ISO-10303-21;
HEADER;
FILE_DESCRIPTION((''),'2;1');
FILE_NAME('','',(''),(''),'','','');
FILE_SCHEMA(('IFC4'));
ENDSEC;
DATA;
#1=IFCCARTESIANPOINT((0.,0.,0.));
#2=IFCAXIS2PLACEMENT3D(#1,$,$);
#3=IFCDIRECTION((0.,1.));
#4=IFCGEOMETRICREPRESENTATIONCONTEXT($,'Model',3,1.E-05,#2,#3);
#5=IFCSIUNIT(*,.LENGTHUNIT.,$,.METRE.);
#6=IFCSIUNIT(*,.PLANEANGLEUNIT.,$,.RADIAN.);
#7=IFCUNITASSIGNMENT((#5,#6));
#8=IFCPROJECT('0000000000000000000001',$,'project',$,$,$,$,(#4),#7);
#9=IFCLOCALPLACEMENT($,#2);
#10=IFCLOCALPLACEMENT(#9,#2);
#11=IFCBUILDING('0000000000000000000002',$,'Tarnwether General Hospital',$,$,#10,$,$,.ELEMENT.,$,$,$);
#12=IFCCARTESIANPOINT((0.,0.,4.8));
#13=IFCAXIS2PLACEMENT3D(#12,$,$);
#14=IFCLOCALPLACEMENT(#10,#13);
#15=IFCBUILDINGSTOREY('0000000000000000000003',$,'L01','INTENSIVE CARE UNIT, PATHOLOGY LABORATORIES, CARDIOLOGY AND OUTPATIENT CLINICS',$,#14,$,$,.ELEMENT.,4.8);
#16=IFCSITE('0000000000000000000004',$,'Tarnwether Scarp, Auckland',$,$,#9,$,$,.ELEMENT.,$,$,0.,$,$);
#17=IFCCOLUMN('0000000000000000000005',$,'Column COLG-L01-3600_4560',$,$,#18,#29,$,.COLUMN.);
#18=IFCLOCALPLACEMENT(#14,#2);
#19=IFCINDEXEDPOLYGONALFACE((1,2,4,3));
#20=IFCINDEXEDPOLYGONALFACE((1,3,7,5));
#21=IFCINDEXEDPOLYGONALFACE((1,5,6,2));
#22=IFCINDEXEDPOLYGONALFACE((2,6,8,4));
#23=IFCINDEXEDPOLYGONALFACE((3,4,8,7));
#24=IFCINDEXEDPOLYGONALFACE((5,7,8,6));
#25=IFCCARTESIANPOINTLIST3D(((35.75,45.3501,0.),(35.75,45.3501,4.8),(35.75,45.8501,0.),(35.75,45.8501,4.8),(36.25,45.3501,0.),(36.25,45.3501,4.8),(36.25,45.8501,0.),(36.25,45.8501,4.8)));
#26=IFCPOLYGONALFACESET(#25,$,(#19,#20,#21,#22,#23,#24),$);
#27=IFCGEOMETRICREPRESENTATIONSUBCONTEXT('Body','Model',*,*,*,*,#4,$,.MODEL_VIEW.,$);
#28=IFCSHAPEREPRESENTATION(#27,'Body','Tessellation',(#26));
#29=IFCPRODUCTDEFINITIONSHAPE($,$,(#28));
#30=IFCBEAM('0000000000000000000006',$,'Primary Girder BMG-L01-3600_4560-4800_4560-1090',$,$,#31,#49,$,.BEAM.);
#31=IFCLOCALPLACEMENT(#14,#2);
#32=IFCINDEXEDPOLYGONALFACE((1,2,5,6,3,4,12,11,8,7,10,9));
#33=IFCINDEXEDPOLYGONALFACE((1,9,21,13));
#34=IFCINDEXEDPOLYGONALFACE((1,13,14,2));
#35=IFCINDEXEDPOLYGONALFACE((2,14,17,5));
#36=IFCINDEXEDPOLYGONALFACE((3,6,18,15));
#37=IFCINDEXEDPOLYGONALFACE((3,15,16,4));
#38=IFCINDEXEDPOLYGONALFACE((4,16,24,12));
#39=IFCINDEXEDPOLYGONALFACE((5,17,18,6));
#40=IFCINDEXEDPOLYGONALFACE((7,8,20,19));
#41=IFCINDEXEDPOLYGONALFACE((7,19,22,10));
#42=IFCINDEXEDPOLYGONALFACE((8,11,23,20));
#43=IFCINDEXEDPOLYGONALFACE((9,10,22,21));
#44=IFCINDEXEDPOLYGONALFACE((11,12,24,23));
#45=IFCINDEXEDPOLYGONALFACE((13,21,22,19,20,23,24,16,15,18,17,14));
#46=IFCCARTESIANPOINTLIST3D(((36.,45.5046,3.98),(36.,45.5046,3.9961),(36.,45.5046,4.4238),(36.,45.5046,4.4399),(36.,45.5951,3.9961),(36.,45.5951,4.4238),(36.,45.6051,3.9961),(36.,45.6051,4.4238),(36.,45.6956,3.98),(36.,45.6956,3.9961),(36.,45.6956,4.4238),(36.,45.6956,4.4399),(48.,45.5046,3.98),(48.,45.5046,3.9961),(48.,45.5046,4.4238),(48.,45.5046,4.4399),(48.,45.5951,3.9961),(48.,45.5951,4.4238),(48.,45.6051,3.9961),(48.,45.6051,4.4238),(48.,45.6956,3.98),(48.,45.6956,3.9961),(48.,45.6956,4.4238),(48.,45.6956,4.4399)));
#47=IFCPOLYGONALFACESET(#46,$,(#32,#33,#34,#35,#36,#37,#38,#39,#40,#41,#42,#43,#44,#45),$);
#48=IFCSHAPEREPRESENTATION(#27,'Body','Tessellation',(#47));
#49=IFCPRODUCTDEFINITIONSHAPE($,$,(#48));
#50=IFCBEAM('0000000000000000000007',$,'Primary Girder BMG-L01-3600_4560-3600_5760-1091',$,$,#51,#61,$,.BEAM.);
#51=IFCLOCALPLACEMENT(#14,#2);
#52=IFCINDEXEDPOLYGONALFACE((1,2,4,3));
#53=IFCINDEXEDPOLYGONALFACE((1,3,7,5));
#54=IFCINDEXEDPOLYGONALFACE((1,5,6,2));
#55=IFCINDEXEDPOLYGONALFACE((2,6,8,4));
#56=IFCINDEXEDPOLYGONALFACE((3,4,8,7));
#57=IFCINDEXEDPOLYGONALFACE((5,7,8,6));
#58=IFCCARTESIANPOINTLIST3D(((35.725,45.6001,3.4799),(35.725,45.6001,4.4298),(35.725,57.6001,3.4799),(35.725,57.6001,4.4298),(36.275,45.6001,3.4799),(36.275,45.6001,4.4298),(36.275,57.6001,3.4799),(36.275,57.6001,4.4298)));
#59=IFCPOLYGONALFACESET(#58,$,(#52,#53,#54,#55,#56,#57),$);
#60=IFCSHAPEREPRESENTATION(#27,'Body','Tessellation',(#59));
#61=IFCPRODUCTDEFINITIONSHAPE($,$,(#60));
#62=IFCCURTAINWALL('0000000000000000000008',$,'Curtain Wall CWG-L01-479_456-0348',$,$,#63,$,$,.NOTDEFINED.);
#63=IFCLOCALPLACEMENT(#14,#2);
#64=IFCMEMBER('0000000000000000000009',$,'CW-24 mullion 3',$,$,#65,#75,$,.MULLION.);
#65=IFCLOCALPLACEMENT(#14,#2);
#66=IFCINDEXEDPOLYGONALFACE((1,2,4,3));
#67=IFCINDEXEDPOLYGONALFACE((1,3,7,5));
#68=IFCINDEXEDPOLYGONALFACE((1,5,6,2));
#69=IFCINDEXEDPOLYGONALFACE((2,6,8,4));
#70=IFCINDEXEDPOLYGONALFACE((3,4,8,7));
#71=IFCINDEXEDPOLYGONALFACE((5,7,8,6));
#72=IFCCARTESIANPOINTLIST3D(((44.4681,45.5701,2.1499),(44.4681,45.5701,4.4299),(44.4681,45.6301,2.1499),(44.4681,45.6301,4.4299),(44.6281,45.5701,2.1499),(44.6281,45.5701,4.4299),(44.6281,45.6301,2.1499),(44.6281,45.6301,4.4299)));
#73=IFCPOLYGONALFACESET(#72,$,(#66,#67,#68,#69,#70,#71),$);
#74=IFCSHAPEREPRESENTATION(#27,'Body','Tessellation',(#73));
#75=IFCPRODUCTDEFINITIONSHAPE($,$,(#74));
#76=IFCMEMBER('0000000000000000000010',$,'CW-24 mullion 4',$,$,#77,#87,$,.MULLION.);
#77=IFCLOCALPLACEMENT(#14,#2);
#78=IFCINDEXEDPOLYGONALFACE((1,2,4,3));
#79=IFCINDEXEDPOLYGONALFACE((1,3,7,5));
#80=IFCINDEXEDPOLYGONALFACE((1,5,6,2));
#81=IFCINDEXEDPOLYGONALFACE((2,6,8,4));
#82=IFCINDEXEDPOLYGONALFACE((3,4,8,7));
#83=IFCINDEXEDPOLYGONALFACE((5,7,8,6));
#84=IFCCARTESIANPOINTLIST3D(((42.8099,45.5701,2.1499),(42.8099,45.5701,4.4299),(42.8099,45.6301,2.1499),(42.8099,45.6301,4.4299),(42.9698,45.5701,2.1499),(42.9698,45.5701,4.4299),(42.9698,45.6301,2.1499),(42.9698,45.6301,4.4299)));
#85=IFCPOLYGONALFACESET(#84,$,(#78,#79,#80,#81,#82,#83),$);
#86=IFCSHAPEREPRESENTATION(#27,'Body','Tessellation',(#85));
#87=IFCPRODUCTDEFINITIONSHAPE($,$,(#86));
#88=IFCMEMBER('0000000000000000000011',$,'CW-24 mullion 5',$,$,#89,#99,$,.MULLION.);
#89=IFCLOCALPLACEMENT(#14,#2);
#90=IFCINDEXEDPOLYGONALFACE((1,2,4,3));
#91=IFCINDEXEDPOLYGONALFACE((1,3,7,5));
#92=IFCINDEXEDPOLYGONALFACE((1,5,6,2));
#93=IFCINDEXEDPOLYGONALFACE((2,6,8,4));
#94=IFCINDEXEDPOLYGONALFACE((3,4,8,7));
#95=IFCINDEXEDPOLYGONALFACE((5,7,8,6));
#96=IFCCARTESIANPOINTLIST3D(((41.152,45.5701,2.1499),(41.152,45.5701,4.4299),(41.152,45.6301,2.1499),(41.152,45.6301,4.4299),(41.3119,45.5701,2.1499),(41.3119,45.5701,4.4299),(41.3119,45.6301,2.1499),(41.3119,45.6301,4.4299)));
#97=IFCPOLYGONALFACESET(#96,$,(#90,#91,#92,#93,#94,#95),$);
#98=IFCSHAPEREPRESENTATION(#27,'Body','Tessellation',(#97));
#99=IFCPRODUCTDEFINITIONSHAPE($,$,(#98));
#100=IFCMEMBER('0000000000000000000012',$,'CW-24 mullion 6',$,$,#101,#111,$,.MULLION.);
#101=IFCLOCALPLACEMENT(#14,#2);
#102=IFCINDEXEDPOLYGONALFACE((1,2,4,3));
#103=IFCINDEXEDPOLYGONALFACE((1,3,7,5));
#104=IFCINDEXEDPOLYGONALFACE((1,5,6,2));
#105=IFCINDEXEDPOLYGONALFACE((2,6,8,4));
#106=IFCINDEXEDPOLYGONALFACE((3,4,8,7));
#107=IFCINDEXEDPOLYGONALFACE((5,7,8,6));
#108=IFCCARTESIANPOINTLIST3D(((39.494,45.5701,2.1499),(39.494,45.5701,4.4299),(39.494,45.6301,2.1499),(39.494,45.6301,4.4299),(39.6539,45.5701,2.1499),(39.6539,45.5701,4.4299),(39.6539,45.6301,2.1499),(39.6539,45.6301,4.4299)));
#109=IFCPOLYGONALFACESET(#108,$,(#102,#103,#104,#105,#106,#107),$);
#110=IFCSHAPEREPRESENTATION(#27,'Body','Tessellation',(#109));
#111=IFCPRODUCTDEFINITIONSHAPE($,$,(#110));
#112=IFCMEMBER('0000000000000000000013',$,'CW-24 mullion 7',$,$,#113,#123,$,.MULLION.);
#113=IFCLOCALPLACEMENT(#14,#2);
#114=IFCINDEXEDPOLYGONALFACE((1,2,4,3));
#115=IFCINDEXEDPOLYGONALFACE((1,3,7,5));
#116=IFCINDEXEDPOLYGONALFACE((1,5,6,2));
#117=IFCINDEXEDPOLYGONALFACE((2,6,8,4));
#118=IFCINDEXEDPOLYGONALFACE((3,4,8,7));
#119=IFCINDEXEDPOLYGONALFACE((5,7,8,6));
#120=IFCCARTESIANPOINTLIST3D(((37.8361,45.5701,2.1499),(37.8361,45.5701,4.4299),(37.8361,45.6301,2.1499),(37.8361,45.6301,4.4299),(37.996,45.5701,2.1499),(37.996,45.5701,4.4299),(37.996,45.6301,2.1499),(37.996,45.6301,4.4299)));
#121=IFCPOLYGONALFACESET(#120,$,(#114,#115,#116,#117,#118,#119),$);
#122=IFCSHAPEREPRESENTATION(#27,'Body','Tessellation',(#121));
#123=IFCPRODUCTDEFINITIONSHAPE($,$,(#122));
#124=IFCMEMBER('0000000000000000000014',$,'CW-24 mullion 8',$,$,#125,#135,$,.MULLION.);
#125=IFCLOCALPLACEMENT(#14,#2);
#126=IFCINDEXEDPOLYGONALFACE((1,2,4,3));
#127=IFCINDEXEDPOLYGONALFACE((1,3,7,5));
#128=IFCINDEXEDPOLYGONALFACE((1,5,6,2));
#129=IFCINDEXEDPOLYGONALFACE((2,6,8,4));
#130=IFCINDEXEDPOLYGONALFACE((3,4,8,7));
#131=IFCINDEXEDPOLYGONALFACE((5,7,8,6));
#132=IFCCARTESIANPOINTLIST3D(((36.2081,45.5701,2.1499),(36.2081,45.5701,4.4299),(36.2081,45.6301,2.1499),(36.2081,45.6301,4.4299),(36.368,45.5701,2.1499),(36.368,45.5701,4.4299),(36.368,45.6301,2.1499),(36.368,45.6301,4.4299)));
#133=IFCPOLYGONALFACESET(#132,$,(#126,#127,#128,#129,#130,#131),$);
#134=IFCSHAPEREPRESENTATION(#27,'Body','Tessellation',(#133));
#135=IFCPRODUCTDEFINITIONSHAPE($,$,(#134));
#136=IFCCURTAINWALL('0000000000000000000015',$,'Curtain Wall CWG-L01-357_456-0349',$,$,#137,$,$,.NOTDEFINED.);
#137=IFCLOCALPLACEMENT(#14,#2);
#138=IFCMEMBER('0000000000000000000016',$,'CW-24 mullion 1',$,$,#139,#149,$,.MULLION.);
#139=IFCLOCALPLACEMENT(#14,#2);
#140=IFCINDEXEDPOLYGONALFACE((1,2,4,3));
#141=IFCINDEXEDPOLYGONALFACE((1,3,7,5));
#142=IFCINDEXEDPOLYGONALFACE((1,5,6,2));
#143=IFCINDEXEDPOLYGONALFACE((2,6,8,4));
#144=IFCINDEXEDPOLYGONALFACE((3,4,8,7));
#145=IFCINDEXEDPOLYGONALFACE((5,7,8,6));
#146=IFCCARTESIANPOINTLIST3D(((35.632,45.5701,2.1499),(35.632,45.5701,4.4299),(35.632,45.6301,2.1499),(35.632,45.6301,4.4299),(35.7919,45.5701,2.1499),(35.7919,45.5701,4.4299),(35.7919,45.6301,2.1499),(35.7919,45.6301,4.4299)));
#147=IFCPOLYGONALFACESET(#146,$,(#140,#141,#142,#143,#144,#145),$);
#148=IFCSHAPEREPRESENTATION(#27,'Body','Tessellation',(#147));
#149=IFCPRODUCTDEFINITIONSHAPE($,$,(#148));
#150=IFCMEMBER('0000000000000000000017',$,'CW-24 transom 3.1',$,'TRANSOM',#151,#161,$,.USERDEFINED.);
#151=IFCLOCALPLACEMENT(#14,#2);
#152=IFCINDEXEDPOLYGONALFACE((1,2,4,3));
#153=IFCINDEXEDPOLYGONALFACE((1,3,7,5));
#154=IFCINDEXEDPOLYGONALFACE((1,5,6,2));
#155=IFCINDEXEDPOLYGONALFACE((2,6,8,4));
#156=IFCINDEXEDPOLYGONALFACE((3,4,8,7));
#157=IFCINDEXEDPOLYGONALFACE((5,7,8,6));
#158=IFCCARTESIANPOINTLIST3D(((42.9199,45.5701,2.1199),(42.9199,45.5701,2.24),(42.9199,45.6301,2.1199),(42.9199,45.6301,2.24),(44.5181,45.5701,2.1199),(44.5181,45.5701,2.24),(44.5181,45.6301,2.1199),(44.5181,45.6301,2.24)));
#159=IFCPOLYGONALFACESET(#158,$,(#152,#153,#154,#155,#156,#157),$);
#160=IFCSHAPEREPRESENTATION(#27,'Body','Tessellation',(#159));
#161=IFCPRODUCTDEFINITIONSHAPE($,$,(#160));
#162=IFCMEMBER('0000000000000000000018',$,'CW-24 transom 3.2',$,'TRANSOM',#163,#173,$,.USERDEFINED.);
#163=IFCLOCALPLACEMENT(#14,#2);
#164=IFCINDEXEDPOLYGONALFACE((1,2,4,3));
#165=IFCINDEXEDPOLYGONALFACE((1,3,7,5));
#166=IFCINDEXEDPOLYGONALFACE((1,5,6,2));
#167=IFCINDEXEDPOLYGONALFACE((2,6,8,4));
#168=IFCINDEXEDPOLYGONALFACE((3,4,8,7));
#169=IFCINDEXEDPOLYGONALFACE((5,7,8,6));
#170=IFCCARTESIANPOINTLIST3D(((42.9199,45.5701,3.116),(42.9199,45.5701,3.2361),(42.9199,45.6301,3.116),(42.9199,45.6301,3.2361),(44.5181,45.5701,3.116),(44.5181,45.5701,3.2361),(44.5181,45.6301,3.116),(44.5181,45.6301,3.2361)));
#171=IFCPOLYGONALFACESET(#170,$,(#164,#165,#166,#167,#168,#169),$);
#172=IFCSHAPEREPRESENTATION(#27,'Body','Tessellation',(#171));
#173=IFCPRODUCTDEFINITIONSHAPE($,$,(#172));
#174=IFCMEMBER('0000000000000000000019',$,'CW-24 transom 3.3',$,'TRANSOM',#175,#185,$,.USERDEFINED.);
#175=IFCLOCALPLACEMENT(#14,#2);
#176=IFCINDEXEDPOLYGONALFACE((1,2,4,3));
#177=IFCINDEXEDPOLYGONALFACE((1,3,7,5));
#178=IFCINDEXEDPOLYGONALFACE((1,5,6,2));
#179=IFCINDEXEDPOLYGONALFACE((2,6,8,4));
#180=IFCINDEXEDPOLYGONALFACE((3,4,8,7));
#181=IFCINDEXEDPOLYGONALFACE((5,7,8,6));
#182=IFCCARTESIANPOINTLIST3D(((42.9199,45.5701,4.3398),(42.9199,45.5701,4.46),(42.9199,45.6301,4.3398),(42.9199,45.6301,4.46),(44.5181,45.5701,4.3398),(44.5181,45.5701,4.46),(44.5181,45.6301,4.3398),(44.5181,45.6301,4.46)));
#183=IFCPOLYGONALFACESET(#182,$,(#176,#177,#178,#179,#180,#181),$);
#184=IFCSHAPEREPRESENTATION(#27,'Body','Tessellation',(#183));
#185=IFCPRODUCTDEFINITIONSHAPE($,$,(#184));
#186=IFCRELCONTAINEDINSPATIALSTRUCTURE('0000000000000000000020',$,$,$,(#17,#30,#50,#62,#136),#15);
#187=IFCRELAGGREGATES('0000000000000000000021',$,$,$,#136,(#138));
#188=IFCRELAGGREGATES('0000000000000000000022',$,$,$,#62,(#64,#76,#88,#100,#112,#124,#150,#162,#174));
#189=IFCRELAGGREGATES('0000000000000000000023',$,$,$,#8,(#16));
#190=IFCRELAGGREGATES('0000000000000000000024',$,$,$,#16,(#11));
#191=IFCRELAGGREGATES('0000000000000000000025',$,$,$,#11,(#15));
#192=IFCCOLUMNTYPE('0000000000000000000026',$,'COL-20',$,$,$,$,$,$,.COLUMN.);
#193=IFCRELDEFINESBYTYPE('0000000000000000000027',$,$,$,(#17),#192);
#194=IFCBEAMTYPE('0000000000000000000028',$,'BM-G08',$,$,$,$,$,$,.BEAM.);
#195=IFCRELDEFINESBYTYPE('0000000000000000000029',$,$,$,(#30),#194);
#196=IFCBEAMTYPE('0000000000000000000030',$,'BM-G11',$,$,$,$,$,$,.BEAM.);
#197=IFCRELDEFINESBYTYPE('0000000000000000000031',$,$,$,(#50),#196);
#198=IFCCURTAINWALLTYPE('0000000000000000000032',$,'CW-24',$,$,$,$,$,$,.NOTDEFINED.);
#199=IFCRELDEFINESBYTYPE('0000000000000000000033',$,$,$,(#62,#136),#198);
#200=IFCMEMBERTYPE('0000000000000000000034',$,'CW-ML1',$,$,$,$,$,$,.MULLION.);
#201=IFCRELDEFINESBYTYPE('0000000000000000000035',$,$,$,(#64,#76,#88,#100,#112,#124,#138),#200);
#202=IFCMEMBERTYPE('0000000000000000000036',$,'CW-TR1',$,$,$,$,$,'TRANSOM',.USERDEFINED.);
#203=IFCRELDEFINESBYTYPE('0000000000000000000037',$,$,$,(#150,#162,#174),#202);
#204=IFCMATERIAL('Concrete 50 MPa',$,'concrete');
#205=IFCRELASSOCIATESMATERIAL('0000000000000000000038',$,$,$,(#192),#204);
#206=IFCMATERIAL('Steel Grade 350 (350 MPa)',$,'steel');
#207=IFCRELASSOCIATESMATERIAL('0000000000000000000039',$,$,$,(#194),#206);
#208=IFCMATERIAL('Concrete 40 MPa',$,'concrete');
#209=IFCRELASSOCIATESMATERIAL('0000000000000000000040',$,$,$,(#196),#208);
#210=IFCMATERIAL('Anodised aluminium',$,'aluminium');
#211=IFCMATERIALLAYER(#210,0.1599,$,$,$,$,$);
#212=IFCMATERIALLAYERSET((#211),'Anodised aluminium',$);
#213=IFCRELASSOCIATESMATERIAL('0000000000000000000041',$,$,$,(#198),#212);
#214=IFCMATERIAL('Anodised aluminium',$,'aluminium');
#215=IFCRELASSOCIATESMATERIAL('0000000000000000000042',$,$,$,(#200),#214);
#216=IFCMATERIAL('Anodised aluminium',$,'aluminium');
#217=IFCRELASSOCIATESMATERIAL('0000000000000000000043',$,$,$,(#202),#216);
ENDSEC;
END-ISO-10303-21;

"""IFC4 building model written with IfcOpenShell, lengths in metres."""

from ifc_helpers import new_model, si_unit, direction, frame, origin, origin_2d, place, context, subcontext, project, spatial, rectangle, i_section, extrude, material, layer, layer_set, material_profile, profile_set, type_object, element, aggregate, save


model = new_model("IFC4")

# Units and contexts
model_context = context("Model", 3, precision=1e-05, world=origin(), true_north=direction((0.0, 1.0)))
body_context = subcontext(model_context, "Body", "Model", "MODEL_VIEW")
ifc_project = project(units=[si_unit("LENGTHUNIT", "METRE"), si_unit("PLANEANGLEUNIT", "RADIAN")], contexts=[model_context])

# Site, building, storey
site_placement = place(None, origin())
site = spatial("IfcSite", under=ifc_project, at=site_placement, Name="Tarnwether Scarp, Auckland", CompositionType="ELEMENT", RefElevation=0.0)
building_placement = place(site_placement, origin())
building = spatial("IfcBuilding", under=site, at=building_placement, Name="Tarnwether General Hospital", CompositionType="ELEMENT")
storey_placement = place(building_placement, frame((0.0, 0.0, 4.8)))
storey = spatial("IfcBuildingStorey", under=building, at=storey_placement, Name="L01", Description="INTENSIVE CARE UNIT, PATHOLOGY LABORATORIES, CARDIOLOGY AND OUTPATIENT CLINICS", CompositionType="ELEMENT", Elevation=4.8)

# Column
ifc_material_1 = material(Name="Concrete 50 MPa", Category="concrete")
ifc_material_profile_1 = material_profile(ifc_material_1, rectangle(XDim=0.5, YDim=0.5, at=origin_2d()), Name="RC-COL-500x500")
ifc_profile_set_1 = profile_set([ifc_material_profile_1], Name="Concrete 50 MPa")
column_type = type_object("IfcColumnType", Name="COL-20", PredefinedType="COLUMN", material=ifc_profile_set_1)
column_placement = place(storey_placement, frame((36.0, 45.6001, 0.0), z_axis=(0.0, 0.0, 1.0), x_axis=(0.0, 1.0, 0.0)))
element("IfcColumn", 1, at=column_placement, inside=storey, type_object=column_type, Name="Column COLG-L01-3600_4560", PredefinedType="COLUMN", context=body_context, shape_type="SweptSolid", body=[
    extrude(rectangle(XDim=0.5, YDim=0.5, at=origin_2d()), origin(), (0.0, 0.0, 1.0), 4.8),
])

# Beams
ifc_material_2 = material(Name="Steel Grade 350 (350 MPa)", Category="steel")
ifc_material_profile_2 = material_profile(ifc_material_2, i_section(OverallWidth=0.1909, OverallDepth=0.46, WebThickness=0.01, FlangeThickness=0.0161, at=origin_2d()), Name="460UB82.1")
ifc_profile_set_2 = profile_set([ifc_material_profile_2], Name="Steel Grade 350 (350 MPa)")
beam_type_1 = type_object("IfcBeamType", Name="BM-G08", PredefinedType="BEAM", material=ifc_profile_set_2)
beam_1_placement = place(storey_placement, frame((36.0, 45.6001, 4.21), z_axis=(1.0, 0.0, 0.0), x_axis=(0.0, 1.0, 0.0)))
element("IfcBeam", 2, at=beam_1_placement, inside=storey, type_object=beam_type_1, Name="Primary Girder BMG-L01-3600_4560-4800_4560-1090", PredefinedType="BEAM", context=body_context, shape_type="SweptSolid", body=[
    extrude(i_section(OverallWidth=0.1909, OverallDepth=0.46, WebThickness=0.01, FlangeThickness=0.0161, at=origin_2d()), origin(), (0.0, 0.0, 1.0), 12.0),
])
ifc_material_3 = material(Name="Concrete 40 MPa", Category="concrete")
ifc_material_profile_3 = material_profile(ifc_material_3, rectangle(XDim=0.55, YDim=0.95, at=origin_2d()), Name="RC-BM-550x950")
ifc_profile_set_3 = profile_set([ifc_material_profile_3], Name="Concrete 40 MPa")
beam_type_2 = type_object("IfcBeamType", Name="BM-G11", PredefinedType="BEAM", material=ifc_profile_set_3)
beam_2_placement = place(storey_placement, frame((36.0, 45.6001, 3.9548), z_axis=(0.0, 1.0, 0.0), x_axis=(-1.0, 0.0, 0.0)))
element("IfcBeam", 3, at=beam_2_placement, inside=storey, type_object=beam_type_2, Name="Primary Girder BMG-L01-3600_4560-3600_5760-1091", PredefinedType="BEAM", context=body_context, shape_type="SweptSolid", body=[
    extrude(rectangle(XDim=0.55, YDim=0.95, at=origin_2d()), origin(), (0.0, 0.0, 1.0), 12.0),
])

# Curtain wall, members
ifc_material_4 = material(Name="Anodised aluminium", Category="aluminium")
ifc_layer_1 = layer(ifc_material_4, 0.1599)
ifc_layer_set_1 = layer_set([ifc_layer_1], Name="Anodised aluminium")
curtain_wall_type = type_object("IfcCurtainWallType", Name="CW-24", PredefinedType="NOTDEFINED", material=ifc_layer_set_1)
curtain_wall_1_placement = place(storey_placement, origin())
curtain_wall_1 = element("IfcCurtainWall", 4, at=curtain_wall_1_placement, inside=storey, type_object=curtain_wall_type, Name="Curtain Wall CWG-L01-479_456-0348", PredefinedType="NOTDEFINED")
ifc_material_5 = material(Name="Anodised aluminium", Category="aluminium")
ifc_material_profile_4 = material_profile(ifc_material_5, rectangle(XDim=0.0601, YDim=0.1599, at=origin_2d()), Name="ALU-MUL-60x160")
ifc_profile_set_4 = profile_set([ifc_material_profile_4], Name="Anodised aluminium")
member_type_1 = type_object("IfcMemberType", Name="CW-ML1", PredefinedType="MULLION", material=ifc_profile_set_4)
member_1_placement = place(storey_placement, frame((44.5481, 45.6001, 2.1499), z_axis=(0.0, 0.0, 1.0), x_axis=(0.0, -1.0, 0.0)))
member_1 = element("IfcMember", 5, at=member_1_placement, type_object=member_type_1, Name="CW-24 mullion 3", PredefinedType="MULLION", context=body_context, shape_type="SweptSolid", body=[
    extrude(rectangle(XDim=0.0601, YDim=0.1599, at=origin_2d()), origin(), (0.0, 0.0, 1.0), 2.28),
])
member_2_placement = place(storey_placement, frame((42.8899, 45.6001, 2.1499), z_axis=(0.0, 0.0, 1.0), x_axis=(0.0, -1.0, 0.0)))
member_2 = element("IfcMember", 6, at=member_2_placement, type_object=member_type_1, Name="CW-24 mullion 4", PredefinedType="MULLION", context=body_context, shape_type="SweptSolid", body=[
    extrude(rectangle(XDim=0.0601, YDim=0.1599, at=origin_2d()), origin(), (0.0, 0.0, 1.0), 2.28),
])
member_3_placement = place(storey_placement, frame((41.2319, 45.6001, 2.1499), z_axis=(0.0, 0.0, 1.0), x_axis=(0.0, -1.0, 0.0)))
member_3 = element("IfcMember", 7, at=member_3_placement, type_object=member_type_1, Name="CW-24 mullion 5", PredefinedType="MULLION", context=body_context, shape_type="SweptSolid", body=[
    extrude(rectangle(XDim=0.0601, YDim=0.1599, at=origin_2d()), origin(), (0.0, 0.0, 1.0), 2.28),
])
member_4_placement = place(storey_placement, frame((39.574, 45.6001, 2.1499), z_axis=(0.0, 0.0, 1.0), x_axis=(0.0, -1.0, 0.0)))
member_4 = element("IfcMember", 8, at=member_4_placement, type_object=member_type_1, Name="CW-24 mullion 6", PredefinedType="MULLION", context=body_context, shape_type="SweptSolid", body=[
    extrude(rectangle(XDim=0.0601, YDim=0.1599, at=origin_2d()), origin(), (0.0, 0.0, 1.0), 2.28),
])
member_5_placement = place(storey_placement, frame((37.916, 45.6001, 2.1499), z_axis=(0.0, 0.0, 1.0), x_axis=(0.0, -1.0, 0.0)))
member_5 = element("IfcMember", 9, at=member_5_placement, type_object=member_type_1, Name="CW-24 mullion 7", PredefinedType="MULLION", context=body_context, shape_type="SweptSolid", body=[
    extrude(rectangle(XDim=0.0601, YDim=0.1599, at=origin_2d()), origin(), (0.0, 0.0, 1.0), 2.28),
])
member_6_placement = place(storey_placement, frame((36.2881, 45.6001, 2.1499), z_axis=(0.0, 0.0, 1.0), x_axis=(0.0, -1.0, 0.0)))
member_6 = element("IfcMember", 10, at=member_6_placement, type_object=member_type_1, Name="CW-24 mullion 8", PredefinedType="MULLION", context=body_context, shape_type="SweptSolid", body=[
    extrude(rectangle(XDim=0.0601, YDim=0.1599, at=origin_2d()), origin(), (0.0, 0.0, 1.0), 2.28),
])

# Curtain wall, member
curtain_wall_2_placement = place(storey_placement, origin())
curtain_wall_2 = element("IfcCurtainWall", 11, at=curtain_wall_2_placement, inside=storey, type_object=curtain_wall_type, Name="Curtain Wall CWG-L01-357_456-0349", PredefinedType="NOTDEFINED")
member_7_placement = place(storey_placement, frame((35.7119, 45.6001, 2.1499), z_axis=(0.0, 0.0, 1.0), x_axis=(0.0, -1.0, 0.0)))
member_7 = element("IfcMember", 12, at=member_7_placement, type_object=member_type_1, Name="CW-24 mullion 1", PredefinedType="MULLION", context=body_context, shape_type="SweptSolid", body=[
    extrude(rectangle(XDim=0.0601, YDim=0.1599, at=origin_2d()), origin(), (0.0, 0.0, 1.0), 2.28),
])

# Members
ifc_material_6 = material(Name="Anodised aluminium", Category="aluminium")
ifc_material_profile_5 = material_profile(ifc_material_6, rectangle(XDim=0.0601, YDim=0.1201, at=origin_2d()), Name="ALU-TRN-60x120")
ifc_profile_set_5 = profile_set([ifc_material_profile_5], Name="Anodised aluminium")
member_type_2 = type_object("IfcMemberType", Name="CW-TR1", ElementType="TRANSOM", PredefinedType="USERDEFINED", material=ifc_profile_set_5)
member_8_placement = place(storey_placement, frame((44.5181, 45.6001, 2.1799), z_axis=(-1.0, 0.0, 0.0), x_axis=(0.0, -1.0, 0.0)))
member_8 = element("IfcMember", 13, at=member_8_placement, type_object=member_type_2, Name="CW-24 transom 3.1", ObjectType="TRANSOM", PredefinedType="USERDEFINED", context=body_context, shape_type="SweptSolid", body=[
    extrude(rectangle(XDim=0.0601, YDim=0.1201, at=origin_2d()), origin(), (0.0, 0.0, 1.0), 1.5981),
])
member_9_placement = place(storey_placement, frame((44.5181, 45.6001, 3.176), z_axis=(-1.0, 0.0, 0.0), x_axis=(0.0, -1.0, 0.0)))
member_9 = element("IfcMember", 14, at=member_9_placement, type_object=member_type_2, Name="CW-24 transom 3.2", ObjectType="TRANSOM", PredefinedType="USERDEFINED", context=body_context, shape_type="SweptSolid", body=[
    extrude(rectangle(XDim=0.0601, YDim=0.1201, at=origin_2d()), origin(), (0.0, 0.0, 1.0), 1.5981),
])
member_10_placement = place(storey_placement, frame((44.5181, 45.6001, 4.3999), z_axis=(-1.0, 0.0, 0.0), x_axis=(0.0, -1.0, 0.0)))
member_10 = element("IfcMember", 15, at=member_10_placement, type_object=member_type_2, Name="CW-24 transom 3.3", ObjectType="TRANSOM", PredefinedType="USERDEFINED", context=body_context, shape_type="SweptSolid", body=[
    extrude(rectangle(XDim=0.0601, YDim=0.1201, at=origin_2d()), origin(), (0.0, 0.0, 1.0), 1.5981),
])
aggregate(curtain_wall_2, [member_7])

aggregate(curtain_wall_1, [member_1, member_2, member_3, member_4, member_5, member_6, member_8, member_9, member_10])

save(model, "model.ifc")
